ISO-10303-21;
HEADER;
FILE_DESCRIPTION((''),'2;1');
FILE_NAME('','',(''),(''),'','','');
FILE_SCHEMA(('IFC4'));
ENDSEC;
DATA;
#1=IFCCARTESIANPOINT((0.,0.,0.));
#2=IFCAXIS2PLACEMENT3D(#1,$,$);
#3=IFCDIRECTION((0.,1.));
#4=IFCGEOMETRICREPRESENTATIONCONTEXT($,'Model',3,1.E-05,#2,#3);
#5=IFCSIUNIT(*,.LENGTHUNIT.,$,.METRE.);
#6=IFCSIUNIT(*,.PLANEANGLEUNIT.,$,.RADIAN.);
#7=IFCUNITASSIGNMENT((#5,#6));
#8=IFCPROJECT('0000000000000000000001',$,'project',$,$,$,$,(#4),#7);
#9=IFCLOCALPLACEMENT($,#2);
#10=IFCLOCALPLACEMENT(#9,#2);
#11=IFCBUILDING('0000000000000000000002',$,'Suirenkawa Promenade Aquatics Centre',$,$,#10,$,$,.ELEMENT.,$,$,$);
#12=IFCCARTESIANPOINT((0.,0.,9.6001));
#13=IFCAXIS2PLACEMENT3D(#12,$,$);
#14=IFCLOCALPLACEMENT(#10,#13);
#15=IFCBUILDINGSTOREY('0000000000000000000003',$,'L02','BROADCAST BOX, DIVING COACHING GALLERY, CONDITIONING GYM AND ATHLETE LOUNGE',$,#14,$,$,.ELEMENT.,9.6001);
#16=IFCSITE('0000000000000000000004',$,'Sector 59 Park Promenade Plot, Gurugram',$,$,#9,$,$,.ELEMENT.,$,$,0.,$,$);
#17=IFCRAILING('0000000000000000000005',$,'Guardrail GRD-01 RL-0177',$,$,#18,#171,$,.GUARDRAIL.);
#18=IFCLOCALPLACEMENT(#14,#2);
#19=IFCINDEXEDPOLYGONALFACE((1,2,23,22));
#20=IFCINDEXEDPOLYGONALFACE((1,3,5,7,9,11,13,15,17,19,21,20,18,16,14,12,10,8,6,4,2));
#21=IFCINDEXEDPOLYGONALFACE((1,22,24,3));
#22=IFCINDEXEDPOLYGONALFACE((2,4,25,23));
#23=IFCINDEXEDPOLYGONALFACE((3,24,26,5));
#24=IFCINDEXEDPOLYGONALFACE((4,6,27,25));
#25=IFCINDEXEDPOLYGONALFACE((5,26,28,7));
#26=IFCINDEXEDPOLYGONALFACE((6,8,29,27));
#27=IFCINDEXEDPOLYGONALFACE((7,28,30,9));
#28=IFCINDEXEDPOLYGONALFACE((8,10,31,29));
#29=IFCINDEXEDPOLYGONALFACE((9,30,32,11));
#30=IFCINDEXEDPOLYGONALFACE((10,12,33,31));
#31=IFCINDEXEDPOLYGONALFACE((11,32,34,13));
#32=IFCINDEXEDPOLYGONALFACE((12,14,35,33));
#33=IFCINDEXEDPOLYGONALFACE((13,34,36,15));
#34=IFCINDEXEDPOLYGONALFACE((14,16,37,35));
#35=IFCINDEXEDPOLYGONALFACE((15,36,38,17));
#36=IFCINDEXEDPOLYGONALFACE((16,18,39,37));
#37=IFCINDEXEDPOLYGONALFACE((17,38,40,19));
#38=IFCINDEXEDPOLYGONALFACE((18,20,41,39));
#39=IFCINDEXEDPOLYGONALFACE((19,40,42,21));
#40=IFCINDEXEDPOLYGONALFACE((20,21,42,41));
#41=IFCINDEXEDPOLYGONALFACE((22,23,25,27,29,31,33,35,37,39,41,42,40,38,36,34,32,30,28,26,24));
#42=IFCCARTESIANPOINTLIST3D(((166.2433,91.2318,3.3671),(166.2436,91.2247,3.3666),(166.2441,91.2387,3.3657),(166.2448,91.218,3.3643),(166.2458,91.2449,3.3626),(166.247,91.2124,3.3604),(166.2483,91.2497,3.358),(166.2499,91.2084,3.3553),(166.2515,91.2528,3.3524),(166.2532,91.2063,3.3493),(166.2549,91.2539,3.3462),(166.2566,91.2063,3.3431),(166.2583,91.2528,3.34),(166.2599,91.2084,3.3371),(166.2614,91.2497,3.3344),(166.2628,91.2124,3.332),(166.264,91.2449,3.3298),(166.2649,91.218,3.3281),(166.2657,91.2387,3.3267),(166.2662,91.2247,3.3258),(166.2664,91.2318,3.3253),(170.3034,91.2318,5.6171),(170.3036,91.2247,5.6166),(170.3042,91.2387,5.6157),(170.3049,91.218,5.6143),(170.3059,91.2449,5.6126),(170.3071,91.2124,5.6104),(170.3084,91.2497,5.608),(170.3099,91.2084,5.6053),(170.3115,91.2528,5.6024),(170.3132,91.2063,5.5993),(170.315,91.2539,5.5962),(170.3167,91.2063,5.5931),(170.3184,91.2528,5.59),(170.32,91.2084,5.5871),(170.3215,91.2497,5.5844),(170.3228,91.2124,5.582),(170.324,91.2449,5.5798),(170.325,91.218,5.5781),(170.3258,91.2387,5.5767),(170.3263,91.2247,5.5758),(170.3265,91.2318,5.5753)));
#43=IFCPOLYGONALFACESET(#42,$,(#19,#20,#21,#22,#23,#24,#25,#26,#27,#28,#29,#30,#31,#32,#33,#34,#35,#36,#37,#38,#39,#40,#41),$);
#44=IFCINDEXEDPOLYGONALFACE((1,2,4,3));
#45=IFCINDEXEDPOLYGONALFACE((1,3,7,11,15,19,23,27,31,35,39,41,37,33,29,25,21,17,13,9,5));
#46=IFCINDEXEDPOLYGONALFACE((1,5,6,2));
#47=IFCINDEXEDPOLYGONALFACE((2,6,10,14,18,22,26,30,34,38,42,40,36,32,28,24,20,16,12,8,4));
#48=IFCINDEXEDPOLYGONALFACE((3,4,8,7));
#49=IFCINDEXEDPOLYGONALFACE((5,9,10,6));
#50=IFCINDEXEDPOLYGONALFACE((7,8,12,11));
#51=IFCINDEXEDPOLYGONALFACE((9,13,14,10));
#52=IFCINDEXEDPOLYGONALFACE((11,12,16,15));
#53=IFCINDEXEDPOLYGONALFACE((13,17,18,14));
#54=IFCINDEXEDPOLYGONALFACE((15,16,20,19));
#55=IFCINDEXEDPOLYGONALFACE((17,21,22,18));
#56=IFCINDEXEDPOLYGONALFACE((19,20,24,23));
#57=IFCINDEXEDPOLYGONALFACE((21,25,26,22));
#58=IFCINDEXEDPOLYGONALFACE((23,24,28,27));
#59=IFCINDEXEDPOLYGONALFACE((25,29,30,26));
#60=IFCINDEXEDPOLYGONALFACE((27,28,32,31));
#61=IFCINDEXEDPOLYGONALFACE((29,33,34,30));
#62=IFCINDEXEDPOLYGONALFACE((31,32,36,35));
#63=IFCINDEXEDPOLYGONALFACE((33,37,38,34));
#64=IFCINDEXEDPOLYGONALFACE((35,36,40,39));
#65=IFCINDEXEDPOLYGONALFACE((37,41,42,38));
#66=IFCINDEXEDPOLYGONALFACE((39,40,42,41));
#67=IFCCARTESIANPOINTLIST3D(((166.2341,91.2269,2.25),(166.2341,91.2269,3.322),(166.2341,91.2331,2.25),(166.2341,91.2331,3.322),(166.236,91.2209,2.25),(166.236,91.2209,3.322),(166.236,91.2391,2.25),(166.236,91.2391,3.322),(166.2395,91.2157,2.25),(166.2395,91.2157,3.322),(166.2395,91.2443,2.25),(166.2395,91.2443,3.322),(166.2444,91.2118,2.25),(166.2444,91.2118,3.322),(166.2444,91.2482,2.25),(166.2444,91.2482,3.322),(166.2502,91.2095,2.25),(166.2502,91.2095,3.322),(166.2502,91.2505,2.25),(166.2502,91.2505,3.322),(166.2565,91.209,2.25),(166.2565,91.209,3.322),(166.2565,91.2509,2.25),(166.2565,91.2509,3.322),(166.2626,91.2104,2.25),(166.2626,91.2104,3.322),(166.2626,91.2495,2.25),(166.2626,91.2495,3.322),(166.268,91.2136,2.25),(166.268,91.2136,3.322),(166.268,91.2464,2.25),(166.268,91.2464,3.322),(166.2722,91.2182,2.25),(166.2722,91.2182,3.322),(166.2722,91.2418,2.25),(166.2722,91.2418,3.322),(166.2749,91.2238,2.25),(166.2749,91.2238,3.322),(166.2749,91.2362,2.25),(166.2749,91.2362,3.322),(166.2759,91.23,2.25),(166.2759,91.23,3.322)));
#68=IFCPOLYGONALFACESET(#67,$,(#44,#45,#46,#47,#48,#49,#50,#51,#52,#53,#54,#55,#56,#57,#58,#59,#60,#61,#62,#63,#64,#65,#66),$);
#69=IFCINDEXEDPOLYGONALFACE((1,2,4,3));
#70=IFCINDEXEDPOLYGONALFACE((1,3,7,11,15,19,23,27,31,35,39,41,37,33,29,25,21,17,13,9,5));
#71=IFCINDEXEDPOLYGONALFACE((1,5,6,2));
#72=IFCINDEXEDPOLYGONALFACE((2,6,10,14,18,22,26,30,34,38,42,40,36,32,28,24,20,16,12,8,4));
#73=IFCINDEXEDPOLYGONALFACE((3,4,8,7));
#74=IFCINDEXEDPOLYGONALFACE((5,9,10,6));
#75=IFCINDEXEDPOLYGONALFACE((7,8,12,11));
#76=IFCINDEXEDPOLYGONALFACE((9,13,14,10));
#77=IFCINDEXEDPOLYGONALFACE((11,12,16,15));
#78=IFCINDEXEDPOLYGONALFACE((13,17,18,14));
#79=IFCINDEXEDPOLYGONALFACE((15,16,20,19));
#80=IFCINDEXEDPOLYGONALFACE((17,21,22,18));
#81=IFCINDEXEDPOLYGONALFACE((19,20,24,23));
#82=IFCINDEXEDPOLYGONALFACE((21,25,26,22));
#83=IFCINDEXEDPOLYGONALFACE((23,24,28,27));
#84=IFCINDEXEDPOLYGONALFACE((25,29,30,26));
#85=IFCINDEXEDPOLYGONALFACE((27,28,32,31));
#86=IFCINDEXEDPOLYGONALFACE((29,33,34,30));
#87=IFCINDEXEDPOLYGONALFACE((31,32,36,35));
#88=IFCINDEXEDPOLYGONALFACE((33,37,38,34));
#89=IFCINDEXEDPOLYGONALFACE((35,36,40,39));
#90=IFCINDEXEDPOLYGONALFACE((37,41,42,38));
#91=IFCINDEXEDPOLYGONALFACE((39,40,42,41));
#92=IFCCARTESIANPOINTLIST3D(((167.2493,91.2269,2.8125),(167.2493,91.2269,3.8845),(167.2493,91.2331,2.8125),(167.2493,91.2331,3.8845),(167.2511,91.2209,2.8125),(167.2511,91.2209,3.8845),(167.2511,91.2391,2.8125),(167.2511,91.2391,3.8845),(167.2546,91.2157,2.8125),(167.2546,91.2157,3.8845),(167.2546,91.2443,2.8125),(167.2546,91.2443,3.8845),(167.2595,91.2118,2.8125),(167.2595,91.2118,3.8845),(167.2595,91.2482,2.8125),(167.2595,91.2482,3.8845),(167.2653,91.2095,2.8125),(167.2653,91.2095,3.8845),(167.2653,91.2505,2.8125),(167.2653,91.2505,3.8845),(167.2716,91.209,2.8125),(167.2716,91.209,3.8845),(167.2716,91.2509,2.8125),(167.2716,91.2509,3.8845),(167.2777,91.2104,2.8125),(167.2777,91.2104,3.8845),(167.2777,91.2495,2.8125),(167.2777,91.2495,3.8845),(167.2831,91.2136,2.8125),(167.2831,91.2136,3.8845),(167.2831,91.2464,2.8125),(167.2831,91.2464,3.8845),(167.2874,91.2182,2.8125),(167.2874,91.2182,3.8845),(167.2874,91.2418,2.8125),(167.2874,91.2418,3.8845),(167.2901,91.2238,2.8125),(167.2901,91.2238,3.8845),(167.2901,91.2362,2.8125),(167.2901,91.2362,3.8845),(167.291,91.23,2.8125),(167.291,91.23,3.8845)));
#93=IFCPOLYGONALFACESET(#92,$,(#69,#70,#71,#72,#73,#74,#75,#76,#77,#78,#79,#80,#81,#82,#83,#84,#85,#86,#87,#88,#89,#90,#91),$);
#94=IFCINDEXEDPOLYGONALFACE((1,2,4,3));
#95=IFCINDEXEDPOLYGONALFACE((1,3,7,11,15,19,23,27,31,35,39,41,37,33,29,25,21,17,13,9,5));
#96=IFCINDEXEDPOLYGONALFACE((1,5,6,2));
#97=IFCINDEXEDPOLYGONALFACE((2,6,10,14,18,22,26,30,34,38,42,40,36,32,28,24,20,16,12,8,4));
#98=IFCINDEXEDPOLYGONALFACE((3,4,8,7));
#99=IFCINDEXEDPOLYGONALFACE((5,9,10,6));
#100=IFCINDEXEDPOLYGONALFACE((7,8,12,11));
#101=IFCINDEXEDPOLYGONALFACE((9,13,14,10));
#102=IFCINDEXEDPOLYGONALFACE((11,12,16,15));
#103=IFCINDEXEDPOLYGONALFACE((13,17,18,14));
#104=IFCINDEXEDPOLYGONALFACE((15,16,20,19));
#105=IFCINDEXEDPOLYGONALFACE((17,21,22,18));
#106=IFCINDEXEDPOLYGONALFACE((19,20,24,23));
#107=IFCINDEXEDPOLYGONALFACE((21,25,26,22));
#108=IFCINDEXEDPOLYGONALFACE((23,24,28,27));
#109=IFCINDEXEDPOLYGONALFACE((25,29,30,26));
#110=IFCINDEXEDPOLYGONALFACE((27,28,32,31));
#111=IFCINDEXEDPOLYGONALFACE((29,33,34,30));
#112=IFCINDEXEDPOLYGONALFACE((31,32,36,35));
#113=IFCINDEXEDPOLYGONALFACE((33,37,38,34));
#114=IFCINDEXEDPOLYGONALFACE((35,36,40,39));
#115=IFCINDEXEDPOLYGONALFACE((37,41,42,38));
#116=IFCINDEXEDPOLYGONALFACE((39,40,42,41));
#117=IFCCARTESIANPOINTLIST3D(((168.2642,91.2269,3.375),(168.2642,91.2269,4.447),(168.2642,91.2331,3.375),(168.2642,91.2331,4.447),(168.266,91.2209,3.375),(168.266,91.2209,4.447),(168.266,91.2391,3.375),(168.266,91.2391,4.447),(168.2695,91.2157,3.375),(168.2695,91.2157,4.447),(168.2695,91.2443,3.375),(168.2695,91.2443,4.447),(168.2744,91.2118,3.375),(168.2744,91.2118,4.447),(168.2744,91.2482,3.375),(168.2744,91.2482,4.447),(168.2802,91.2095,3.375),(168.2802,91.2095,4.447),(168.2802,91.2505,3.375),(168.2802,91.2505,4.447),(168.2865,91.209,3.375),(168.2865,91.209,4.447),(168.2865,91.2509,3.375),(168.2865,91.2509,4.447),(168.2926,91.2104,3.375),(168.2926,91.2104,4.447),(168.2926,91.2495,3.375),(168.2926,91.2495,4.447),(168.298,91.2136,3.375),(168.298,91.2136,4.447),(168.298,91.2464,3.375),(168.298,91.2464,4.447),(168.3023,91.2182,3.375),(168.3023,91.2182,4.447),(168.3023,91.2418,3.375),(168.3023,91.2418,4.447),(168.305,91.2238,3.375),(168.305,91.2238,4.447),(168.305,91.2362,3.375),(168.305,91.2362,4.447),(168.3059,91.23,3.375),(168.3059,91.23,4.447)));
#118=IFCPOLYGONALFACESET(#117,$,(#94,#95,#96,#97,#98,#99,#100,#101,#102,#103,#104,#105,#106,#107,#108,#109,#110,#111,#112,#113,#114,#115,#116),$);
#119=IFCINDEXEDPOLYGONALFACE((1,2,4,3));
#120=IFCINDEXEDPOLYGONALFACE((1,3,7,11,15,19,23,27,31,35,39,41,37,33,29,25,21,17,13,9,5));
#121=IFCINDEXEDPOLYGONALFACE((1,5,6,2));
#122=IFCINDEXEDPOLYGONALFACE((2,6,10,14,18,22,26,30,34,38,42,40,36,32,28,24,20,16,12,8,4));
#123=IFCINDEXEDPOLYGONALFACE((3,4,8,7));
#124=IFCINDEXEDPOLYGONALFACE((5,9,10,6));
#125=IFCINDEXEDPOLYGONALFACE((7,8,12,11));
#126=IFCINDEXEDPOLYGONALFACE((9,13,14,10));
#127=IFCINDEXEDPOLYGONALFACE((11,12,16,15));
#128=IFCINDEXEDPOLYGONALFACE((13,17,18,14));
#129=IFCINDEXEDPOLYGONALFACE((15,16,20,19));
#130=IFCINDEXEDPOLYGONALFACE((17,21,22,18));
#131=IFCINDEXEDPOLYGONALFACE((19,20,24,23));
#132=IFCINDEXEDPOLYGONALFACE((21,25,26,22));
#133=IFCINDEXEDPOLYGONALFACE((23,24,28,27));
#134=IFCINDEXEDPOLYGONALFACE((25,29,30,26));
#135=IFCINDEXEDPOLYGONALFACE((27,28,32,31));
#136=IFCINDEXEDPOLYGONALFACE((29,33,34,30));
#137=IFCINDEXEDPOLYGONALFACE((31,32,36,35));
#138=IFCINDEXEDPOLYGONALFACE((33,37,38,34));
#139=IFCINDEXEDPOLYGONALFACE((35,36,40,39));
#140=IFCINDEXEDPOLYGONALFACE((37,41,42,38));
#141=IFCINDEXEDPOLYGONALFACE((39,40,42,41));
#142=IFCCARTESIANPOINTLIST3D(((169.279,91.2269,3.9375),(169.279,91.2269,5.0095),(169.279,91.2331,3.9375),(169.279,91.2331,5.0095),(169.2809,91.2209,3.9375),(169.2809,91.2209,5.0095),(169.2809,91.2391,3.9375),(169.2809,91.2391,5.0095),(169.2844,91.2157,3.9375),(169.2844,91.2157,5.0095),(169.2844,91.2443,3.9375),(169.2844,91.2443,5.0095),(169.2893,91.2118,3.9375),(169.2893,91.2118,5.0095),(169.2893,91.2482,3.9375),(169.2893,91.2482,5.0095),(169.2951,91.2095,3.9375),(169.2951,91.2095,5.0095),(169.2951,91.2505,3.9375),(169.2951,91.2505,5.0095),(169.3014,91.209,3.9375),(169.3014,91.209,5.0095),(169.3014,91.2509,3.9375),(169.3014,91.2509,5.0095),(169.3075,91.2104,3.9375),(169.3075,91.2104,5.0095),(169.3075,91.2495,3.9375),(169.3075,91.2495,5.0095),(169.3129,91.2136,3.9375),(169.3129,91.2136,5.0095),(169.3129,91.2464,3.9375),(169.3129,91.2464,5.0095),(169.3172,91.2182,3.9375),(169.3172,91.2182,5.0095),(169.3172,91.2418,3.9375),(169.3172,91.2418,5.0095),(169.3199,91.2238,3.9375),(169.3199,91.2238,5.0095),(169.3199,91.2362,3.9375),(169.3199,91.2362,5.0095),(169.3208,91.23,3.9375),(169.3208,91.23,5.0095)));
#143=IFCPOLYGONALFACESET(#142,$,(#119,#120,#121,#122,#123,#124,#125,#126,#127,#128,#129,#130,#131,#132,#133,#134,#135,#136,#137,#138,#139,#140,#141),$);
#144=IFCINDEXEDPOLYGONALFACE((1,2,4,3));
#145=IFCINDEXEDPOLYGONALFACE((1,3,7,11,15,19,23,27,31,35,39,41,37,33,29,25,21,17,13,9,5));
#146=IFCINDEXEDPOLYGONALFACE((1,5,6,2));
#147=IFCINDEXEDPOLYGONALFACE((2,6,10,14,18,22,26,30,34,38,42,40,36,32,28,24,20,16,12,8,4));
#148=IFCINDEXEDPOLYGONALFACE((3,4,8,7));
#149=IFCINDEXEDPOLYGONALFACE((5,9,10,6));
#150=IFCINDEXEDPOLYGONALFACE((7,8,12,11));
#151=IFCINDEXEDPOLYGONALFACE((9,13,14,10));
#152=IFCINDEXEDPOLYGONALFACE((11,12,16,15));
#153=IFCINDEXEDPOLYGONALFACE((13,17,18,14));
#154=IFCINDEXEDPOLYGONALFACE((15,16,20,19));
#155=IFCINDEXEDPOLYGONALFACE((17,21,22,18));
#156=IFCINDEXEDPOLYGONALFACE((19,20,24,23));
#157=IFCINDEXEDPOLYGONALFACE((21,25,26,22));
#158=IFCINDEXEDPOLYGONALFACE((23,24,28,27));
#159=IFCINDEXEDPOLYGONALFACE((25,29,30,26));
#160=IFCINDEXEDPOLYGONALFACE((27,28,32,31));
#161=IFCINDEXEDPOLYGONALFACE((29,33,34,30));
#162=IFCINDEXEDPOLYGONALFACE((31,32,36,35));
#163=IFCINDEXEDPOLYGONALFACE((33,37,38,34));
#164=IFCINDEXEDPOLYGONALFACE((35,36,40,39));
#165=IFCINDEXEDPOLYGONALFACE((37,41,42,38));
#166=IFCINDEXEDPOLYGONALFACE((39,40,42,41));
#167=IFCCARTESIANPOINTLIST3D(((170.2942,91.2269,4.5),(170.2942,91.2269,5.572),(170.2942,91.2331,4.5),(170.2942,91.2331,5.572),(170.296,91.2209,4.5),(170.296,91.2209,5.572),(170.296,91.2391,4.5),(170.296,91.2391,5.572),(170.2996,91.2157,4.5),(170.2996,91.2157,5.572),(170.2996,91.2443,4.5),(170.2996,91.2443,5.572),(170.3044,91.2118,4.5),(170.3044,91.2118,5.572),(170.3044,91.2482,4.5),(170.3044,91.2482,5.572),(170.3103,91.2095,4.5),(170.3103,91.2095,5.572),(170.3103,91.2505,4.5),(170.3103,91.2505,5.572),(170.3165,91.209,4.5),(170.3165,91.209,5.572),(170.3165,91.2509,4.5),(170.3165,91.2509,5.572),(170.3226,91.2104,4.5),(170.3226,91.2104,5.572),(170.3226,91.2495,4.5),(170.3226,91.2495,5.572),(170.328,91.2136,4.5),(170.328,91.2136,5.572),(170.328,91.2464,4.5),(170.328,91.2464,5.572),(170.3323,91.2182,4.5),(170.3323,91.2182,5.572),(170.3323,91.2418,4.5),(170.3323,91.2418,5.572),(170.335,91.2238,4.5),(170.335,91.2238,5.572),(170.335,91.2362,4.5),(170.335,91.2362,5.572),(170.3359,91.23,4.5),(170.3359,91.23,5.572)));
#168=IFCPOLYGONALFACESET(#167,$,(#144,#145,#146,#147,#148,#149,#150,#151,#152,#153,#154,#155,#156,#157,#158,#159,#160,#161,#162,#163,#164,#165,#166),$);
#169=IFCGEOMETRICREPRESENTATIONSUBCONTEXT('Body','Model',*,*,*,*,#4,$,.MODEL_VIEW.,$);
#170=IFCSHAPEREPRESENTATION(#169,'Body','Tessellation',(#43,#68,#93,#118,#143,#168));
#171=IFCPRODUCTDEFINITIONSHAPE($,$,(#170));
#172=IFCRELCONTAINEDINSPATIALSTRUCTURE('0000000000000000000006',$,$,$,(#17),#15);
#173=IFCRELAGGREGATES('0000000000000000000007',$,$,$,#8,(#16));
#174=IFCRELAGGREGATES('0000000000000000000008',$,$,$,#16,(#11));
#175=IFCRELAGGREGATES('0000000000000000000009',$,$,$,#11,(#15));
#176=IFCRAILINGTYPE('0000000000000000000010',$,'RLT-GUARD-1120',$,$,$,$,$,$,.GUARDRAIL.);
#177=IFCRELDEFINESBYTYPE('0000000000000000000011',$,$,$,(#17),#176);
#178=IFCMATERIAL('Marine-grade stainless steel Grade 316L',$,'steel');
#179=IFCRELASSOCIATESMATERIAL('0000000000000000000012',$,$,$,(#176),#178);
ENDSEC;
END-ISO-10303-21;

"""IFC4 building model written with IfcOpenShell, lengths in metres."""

from ifc_helpers import new_model, si_unit, direction, frame, origin, origin_2d, place, context, subcontext, project, spatial, circle, extrude, material, type_object, element, save


model = new_model("IFC4")

# Units and contexts
model_context = context("Model", 3, precision=1e-05, world=origin(), true_north=direction((0.0, 1.0)))
body_context = subcontext(model_context, "Body", "Model", "MODEL_VIEW")
ifc_project = project(units=[si_unit("LENGTHUNIT", "METRE"), si_unit("PLANEANGLEUNIT", "RADIAN")], contexts=[model_context])

# Site, building, storey
site_placement = place(None, origin())
site = spatial("IfcSite", under=ifc_project, at=site_placement, Name="Sector 59 Park Promenade Plot, Gurugram", CompositionType="ELEMENT", RefElevation=0.0)
building_placement = place(site_placement, origin())
building = spatial("IfcBuilding", under=site, at=building_placement, Name="Suirenkawa Promenade Aquatics Centre", CompositionType="ELEMENT")
storey_placement = place(building_placement, frame((0.0, 0.0, 9.6001)))
storey = spatial("IfcBuildingStorey", under=building, at=storey_placement, Name="L02", Description="BROADCAST BOX, DIVING COACHING GALLERY, CONDITIONING GYM AND ATHLETE LOUNGE", CompositionType="ELEMENT", Elevation=9.6001)

# Shared definitions
ifc_material_1 = material(Name="Marine-grade stainless steel Grade 316L", Category="steel")

# Railing
railing_type_1 = type_object("IfcRailingType", Name="RLT-GUARD-1120", PredefinedType="GUARDRAIL", material=ifc_material_1)
for number, where, name in (
    (1, (166.2549, 91.23, 2.25), "Guardrail GRD-01 RL-0177"),
):
    element("IfcRailing", number, at=place(storey_placement, frame(where)), inside=storey, type_object=railing_type_1, Name=name, PredefinedType="GUARDRAIL", context=body_context, shape_type="SweptSolid", body=[
        extrude(circle(Radius=0.0239, at=origin_2d()), frame((0.0, 0.0, 1.0962), z_axis=(0.874668, 0.0, 0.484723), x_axis=(0.0, 1.0, 0.0)), (0.0, 0.0, 1.0), 4.6418),
        extrude(circle(Radius=0.021, at=origin_2d()), origin(), (0.0, 0.0, 1.0), 1.072),
        extrude(circle(Radius=0.021, at=origin_2d()), frame((1.0151, 0.0, 0.5625)), (0.0, 0.0, 1.0), 1.072),
        extrude(circle(Radius=0.021, at=origin_2d()), frame((2.03, 0.0, 1.125)), (0.0, 0.0, 1.0), 1.072),
        extrude(circle(Radius=0.021, at=origin_2d()), frame((3.0449, 0.0, 1.6875)), (0.0, 0.0, 1.0), 1.072),
        extrude(circle(Radius=0.021, at=origin_2d()), frame((4.0601, 0.0, 2.25)), (0.0, 0.0, 1.0), 1.072),
    ])

save(model, "model.ifc")
